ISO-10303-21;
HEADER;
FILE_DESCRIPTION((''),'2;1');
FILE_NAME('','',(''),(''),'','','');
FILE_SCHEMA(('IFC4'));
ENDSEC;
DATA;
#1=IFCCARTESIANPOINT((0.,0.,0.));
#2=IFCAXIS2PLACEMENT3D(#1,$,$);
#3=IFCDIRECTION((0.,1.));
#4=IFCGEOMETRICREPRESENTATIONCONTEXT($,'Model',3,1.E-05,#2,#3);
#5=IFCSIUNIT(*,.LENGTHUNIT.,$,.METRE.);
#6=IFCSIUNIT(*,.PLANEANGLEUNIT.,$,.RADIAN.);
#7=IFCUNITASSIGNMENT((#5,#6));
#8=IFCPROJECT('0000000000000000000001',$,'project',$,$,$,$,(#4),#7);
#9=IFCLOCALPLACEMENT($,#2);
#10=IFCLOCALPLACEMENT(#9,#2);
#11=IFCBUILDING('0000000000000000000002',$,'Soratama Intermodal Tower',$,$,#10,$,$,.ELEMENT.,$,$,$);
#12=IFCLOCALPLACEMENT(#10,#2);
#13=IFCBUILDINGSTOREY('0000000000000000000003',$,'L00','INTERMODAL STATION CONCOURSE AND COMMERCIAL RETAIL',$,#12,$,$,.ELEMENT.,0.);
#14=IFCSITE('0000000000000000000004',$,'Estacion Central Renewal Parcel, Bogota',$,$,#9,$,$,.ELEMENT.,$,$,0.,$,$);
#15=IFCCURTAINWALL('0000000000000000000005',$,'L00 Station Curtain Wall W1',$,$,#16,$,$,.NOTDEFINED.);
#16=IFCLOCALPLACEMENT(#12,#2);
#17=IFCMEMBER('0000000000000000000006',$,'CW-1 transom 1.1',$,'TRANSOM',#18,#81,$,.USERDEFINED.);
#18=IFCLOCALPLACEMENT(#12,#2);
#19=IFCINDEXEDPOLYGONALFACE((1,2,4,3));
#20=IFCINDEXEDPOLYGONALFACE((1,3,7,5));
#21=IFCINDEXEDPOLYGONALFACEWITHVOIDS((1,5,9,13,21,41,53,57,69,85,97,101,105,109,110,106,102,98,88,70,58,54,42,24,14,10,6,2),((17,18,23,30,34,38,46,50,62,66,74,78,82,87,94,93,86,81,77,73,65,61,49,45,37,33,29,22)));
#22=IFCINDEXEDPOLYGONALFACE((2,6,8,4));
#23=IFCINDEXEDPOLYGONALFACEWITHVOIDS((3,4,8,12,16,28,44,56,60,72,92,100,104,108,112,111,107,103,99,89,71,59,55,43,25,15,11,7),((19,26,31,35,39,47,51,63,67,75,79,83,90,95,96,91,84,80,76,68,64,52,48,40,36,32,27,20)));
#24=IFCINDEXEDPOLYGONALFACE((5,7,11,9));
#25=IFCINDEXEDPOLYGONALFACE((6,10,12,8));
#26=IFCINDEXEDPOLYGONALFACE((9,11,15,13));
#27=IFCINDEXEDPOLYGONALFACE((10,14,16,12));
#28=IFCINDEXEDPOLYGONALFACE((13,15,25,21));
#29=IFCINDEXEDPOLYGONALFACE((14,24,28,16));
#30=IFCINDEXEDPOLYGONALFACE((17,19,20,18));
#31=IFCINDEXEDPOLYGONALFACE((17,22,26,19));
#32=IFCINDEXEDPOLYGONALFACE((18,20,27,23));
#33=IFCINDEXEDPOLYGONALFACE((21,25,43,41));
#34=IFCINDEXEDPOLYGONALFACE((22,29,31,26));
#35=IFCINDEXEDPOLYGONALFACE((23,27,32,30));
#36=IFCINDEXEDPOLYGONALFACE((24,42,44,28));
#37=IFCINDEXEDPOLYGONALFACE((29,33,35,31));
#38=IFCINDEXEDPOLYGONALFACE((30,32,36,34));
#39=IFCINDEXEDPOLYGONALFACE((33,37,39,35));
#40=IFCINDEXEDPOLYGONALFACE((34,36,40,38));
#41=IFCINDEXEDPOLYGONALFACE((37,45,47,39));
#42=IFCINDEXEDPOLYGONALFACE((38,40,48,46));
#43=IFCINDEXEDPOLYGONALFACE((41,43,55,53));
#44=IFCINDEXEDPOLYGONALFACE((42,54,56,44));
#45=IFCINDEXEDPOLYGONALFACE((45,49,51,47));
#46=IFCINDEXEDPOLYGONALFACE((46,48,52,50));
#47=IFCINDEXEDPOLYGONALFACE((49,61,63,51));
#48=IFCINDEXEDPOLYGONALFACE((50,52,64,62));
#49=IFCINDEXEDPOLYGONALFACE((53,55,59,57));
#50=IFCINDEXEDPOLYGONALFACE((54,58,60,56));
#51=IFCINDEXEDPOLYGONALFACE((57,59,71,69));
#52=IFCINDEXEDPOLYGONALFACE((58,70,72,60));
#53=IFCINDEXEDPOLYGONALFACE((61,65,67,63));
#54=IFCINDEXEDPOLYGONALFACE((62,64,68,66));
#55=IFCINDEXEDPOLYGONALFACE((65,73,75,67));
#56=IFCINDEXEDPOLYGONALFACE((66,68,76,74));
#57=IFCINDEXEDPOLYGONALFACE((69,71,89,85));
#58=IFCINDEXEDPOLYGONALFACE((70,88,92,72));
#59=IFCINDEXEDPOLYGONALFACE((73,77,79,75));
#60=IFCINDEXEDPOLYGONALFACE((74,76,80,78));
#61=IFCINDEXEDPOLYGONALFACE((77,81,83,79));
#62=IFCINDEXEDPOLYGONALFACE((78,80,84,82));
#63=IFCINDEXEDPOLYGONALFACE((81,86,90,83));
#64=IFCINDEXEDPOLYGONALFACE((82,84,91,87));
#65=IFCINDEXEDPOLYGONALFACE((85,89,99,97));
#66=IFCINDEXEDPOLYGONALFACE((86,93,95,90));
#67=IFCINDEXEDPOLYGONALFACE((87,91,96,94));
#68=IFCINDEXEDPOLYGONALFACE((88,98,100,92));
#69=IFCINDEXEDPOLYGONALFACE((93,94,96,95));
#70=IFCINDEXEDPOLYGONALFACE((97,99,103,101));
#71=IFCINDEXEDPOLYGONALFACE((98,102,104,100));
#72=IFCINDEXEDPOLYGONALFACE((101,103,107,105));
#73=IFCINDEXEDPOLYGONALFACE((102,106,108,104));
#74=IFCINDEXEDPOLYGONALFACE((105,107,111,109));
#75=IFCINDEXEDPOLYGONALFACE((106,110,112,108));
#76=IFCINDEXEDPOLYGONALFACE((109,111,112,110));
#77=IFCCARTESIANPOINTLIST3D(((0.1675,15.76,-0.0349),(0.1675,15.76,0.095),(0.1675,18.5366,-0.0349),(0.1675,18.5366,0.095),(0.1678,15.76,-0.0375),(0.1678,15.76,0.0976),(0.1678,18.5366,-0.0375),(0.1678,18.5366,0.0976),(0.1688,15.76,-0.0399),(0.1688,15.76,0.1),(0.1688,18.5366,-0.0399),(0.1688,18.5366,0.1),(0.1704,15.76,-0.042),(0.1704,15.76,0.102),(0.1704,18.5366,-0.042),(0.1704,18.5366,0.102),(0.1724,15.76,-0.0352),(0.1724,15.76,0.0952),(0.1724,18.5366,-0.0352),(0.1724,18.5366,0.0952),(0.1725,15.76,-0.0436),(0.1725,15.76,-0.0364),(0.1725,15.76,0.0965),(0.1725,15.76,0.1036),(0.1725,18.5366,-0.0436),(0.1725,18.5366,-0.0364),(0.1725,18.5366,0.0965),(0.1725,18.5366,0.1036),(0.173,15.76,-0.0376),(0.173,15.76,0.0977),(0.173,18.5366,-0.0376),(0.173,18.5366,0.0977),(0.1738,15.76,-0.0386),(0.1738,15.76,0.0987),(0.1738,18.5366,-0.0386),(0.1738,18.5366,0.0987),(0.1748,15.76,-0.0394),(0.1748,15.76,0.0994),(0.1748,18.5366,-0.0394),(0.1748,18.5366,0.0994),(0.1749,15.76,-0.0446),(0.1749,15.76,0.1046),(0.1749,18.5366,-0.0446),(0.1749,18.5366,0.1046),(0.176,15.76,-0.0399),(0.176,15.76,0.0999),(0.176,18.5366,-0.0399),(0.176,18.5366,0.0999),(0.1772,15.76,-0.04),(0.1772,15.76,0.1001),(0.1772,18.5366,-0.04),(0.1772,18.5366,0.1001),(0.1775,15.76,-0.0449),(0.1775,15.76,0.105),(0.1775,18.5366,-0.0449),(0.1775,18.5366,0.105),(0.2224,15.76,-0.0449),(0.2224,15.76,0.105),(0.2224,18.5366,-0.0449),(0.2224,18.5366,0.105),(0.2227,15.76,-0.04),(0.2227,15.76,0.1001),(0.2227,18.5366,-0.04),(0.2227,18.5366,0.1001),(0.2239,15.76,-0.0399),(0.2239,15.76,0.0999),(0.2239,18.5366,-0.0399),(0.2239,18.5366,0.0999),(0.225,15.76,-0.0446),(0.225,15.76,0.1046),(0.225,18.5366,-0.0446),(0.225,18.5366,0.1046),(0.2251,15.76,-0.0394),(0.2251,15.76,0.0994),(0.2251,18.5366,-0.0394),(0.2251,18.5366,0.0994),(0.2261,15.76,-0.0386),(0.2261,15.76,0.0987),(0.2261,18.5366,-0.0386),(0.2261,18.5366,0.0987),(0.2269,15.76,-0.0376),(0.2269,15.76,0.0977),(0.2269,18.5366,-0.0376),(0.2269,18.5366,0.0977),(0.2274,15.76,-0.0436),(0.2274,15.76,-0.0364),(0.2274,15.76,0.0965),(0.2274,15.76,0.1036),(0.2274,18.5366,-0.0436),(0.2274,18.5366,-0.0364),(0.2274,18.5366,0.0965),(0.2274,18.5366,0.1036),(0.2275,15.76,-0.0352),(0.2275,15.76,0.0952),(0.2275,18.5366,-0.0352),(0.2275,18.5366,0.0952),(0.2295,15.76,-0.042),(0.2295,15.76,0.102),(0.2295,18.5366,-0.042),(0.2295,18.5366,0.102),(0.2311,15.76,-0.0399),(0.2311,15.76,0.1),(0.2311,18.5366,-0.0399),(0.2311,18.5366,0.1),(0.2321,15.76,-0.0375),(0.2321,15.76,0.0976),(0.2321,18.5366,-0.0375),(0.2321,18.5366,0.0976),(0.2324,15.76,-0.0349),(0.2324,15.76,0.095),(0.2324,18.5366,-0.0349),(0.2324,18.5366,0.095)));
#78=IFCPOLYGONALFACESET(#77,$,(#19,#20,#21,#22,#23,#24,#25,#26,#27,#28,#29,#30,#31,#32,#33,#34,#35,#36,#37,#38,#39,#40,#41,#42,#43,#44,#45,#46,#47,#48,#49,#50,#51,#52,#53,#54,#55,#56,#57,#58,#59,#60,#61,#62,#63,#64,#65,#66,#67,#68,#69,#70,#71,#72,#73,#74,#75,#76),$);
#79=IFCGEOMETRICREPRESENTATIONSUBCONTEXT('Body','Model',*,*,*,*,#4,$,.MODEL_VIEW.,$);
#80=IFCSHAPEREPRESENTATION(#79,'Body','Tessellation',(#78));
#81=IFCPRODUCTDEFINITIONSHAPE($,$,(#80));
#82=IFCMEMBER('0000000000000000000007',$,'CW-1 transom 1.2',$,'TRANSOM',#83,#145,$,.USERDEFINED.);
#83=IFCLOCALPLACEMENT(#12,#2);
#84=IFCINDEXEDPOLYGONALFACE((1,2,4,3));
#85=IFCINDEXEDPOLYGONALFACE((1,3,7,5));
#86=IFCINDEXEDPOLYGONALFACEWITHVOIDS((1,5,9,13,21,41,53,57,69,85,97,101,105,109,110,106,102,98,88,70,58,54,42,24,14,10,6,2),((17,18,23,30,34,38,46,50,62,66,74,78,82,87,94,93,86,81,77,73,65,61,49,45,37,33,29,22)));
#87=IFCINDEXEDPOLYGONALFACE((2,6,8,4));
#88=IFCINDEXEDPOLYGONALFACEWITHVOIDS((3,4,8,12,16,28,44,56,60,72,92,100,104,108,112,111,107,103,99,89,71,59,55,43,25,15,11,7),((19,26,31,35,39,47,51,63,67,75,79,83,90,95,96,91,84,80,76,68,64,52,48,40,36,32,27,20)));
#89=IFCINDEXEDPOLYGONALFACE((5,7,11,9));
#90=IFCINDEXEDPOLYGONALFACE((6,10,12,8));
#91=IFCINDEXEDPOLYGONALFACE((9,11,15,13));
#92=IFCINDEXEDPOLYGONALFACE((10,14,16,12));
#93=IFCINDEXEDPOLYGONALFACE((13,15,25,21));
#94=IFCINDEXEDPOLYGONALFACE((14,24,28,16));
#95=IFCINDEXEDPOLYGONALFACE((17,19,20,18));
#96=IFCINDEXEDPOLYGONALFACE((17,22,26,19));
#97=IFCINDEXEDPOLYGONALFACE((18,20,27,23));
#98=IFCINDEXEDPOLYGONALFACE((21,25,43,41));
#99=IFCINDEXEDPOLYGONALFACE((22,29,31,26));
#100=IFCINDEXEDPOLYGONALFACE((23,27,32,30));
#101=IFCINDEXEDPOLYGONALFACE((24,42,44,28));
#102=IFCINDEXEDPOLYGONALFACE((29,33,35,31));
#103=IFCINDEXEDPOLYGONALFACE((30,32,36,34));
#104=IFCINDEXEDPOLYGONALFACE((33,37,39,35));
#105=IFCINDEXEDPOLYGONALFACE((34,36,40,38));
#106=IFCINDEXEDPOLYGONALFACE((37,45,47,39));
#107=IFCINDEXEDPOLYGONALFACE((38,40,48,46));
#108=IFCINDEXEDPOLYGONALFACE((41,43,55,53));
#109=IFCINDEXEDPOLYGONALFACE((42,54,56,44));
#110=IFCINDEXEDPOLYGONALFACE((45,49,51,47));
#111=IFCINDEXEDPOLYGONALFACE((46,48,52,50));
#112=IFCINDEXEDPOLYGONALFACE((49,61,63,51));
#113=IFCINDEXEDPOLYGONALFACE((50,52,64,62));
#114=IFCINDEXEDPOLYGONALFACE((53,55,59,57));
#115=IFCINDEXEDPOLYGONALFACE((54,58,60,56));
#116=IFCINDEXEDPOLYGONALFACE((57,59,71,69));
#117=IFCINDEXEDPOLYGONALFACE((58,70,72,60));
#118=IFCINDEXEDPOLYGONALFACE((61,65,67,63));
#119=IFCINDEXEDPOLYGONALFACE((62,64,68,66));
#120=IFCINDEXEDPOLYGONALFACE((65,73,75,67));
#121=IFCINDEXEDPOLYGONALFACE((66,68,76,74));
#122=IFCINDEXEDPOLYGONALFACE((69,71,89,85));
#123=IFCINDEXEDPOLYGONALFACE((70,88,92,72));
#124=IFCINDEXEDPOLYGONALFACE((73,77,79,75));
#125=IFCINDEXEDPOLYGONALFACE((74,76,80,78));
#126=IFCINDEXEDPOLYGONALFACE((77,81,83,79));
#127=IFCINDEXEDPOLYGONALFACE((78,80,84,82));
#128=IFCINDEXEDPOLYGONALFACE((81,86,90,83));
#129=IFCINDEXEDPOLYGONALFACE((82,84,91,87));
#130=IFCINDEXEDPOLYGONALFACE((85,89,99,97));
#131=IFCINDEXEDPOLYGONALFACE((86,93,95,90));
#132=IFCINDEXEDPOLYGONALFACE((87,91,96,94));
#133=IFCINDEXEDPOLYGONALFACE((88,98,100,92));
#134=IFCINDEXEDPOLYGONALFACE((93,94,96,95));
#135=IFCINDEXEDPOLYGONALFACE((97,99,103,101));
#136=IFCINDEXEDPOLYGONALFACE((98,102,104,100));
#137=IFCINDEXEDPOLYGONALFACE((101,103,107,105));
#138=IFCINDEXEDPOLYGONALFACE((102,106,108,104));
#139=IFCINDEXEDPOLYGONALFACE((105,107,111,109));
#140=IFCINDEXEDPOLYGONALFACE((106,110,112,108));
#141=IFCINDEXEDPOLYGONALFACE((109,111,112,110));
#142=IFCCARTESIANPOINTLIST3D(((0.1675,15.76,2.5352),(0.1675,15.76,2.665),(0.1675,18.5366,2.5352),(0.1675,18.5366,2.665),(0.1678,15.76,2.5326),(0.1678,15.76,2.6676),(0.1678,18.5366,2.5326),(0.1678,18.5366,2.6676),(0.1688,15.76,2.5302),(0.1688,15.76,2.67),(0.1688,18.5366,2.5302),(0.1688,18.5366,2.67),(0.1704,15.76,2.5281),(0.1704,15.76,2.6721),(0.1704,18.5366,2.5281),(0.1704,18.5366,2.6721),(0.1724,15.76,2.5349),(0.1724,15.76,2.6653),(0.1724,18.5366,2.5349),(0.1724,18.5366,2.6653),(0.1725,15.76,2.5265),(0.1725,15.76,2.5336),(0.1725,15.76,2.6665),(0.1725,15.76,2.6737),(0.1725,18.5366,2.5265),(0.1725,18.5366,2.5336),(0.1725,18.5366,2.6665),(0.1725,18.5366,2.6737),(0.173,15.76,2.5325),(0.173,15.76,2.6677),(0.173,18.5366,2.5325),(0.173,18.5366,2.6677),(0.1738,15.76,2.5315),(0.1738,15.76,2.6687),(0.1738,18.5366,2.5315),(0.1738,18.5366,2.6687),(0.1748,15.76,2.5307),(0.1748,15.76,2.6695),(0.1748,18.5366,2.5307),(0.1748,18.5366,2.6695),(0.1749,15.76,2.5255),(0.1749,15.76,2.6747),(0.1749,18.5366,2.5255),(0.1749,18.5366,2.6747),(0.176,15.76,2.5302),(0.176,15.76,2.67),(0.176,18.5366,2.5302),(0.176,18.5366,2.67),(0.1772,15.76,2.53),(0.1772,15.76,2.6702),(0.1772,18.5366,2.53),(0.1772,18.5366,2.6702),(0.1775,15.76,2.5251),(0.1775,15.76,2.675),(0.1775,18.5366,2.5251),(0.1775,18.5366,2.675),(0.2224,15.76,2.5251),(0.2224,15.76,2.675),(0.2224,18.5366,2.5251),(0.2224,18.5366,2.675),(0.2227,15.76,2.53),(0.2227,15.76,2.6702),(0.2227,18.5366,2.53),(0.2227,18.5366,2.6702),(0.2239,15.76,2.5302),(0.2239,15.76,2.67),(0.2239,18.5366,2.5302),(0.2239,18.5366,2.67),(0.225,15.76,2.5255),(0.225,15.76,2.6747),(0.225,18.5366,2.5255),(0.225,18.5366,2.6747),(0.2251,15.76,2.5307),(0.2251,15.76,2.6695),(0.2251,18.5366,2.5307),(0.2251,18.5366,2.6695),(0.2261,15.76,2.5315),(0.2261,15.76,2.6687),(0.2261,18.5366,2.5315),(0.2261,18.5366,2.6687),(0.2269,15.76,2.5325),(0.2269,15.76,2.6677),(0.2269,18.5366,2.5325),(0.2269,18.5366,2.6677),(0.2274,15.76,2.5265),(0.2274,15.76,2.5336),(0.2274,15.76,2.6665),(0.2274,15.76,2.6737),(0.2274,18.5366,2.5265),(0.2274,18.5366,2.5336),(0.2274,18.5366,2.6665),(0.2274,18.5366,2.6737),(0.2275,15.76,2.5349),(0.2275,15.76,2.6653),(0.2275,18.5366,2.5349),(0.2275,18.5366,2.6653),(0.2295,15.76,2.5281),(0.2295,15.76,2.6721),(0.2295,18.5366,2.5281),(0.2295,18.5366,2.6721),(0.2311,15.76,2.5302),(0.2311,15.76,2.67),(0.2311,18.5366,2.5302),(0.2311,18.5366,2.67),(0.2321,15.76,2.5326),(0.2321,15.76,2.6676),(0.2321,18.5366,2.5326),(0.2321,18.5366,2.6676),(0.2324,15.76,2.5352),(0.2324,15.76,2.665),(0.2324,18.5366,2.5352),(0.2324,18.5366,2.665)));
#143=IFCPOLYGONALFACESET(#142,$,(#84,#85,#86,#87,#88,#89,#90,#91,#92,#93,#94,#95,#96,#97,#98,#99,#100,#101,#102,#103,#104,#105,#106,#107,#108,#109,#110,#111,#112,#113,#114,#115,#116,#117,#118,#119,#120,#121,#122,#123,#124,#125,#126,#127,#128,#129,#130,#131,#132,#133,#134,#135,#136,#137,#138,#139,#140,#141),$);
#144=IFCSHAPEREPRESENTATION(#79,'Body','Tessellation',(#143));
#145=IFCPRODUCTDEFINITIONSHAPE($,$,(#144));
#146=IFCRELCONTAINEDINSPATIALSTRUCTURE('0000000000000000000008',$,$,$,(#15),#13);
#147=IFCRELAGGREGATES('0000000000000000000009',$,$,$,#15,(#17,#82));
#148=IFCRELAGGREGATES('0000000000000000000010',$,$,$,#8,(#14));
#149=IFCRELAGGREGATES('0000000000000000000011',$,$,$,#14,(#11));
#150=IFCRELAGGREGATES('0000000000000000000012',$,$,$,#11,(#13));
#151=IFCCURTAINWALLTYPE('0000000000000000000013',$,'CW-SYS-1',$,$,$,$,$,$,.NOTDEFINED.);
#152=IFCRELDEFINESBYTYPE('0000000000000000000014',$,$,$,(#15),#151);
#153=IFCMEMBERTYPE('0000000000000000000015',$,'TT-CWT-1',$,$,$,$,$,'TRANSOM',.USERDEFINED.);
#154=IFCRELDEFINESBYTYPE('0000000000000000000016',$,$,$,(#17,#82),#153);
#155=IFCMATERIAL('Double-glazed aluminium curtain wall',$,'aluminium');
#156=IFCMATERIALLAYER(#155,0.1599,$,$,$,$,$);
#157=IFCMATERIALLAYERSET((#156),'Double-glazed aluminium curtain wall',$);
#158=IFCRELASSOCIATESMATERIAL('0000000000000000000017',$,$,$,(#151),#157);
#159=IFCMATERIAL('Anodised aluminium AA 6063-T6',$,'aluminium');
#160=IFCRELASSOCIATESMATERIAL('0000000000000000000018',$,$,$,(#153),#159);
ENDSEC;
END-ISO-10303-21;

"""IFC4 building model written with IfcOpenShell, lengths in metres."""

from ifc_helpers import new_model, si_unit, direction, frame, origin, origin_2d, place, context, subcontext, project, spatial, hollow_rectangle, extrude, material, layer, layer_set, material_profile, profile_set, type_object, element, aggregate, save


model = new_model("IFC4")

# Units and contexts
model_context = context("Model", 3, precision=1e-05, world=origin(), true_north=direction((0.0, 1.0)))
body_context = subcontext(model_context, "Body", "Model", "MODEL_VIEW")
ifc_project = project(units=[si_unit("LENGTHUNIT", "METRE"), si_unit("PLANEANGLEUNIT", "RADIAN")], contexts=[model_context])

# Site, building, storey
site_placement = place(None, origin())
site = spatial("IfcSite", under=ifc_project, at=site_placement, Name="Estacion Central Renewal Parcel, Bogota", CompositionType="ELEMENT", RefElevation=0.0)
building_placement = place(site_placement, origin())
building = spatial("IfcBuilding", under=site, at=building_placement, Name="Soratama Intermodal Tower", CompositionType="ELEMENT")
storey_placement = place(building_placement, origin())
storey = spatial("IfcBuildingStorey", under=building, at=storey_placement, Name="L00", Description="INTERMODAL STATION CONCOURSE AND COMMERCIAL RETAIL", CompositionType="ELEMENT", Elevation=0.0)

# Curtain wall, members
ifc_material_1 = material(Name="Double-glazed aluminium curtain wall", Category="aluminium")
ifc_layer_1 = layer(ifc_material_1, 0.1599)
ifc_layer_set_1 = layer_set([ifc_layer_1], Name="Double-glazed aluminium curtain wall")
curtain_wall_type = type_object("IfcCurtainWallType", Name="CW-SYS-1", PredefinedType="NOTDEFINED", material=ifc_layer_set_1)
curtain_wall_placement = place(storey_placement, origin())
curtain_wall = element("IfcCurtainWall", 1, at=curtain_wall_placement, inside=storey, type_object=curtain_wall_type, Name="L00 Station Curtain Wall W1", PredefinedType="NOTDEFINED")
ifc_material_2 = material(Name="Anodised aluminium AA 6063-T6", Category="aluminium")
ifc_material_profile_1 = material_profile(ifc_material_2, hollow_rectangle(XDim=0.0649, YDim=0.1499, WallThickness=0.0049, InnerFilletRadius=0.0049, OuterFilletRadius=0.01, at=origin_2d()), Name="CWT150X65X5")
ifc_profile_set_1 = profile_set([ifc_material_profile_1], Name="Anodised aluminium AA 6063-T6")
member_type_1 = type_object("IfcMemberType", Name="TT-CWT-1", ElementType="TRANSOM", PredefinedType="USERDEFINED", material=ifc_profile_set_1)
member_1_placement = place(storey_placement, frame((0.2, 15.76, 0.03), z_axis=(0.0, 1.0, 0.0), x_axis=(-1.0, 0.0, 0.0)))
member_1 = element("IfcMember", 2, at=member_1_placement, type_object=member_type_1, Name="CW-1 transom 1.1", ObjectType="TRANSOM", PredefinedType="USERDEFINED", context=body_context, shape_type="SweptSolid", body=[
    extrude(hollow_rectangle(XDim=0.0649, YDim=0.1499, WallThickness=0.0049, InnerFilletRadius=0.0049, OuterFilletRadius=0.01, at=origin_2d()), origin(), (0.0, 0.0, 1.0), 2.7766),
])
member_2_placement = place(storey_placement, frame((0.2, 15.76, 2.6001), z_axis=(0.0, 1.0, 0.0), x_axis=(-1.0, 0.0, 0.0)))
member_2 = element("IfcMember", 3, at=member_2_placement, type_object=member_type_1, Name="CW-1 transom 1.2", ObjectType="TRANSOM", PredefinedType="USERDEFINED", context=body_context, shape_type="SweptSolid", body=[
    extrude(hollow_rectangle(XDim=0.0649, YDim=0.1499, WallThickness=0.0049, InnerFilletRadius=0.0049, OuterFilletRadius=0.01, at=origin_2d()), origin(), (0.0, 0.0, 1.0), 2.7766),
])
aggregate(curtain_wall, [member_1, member_2])

save(model, "model.ifc")
